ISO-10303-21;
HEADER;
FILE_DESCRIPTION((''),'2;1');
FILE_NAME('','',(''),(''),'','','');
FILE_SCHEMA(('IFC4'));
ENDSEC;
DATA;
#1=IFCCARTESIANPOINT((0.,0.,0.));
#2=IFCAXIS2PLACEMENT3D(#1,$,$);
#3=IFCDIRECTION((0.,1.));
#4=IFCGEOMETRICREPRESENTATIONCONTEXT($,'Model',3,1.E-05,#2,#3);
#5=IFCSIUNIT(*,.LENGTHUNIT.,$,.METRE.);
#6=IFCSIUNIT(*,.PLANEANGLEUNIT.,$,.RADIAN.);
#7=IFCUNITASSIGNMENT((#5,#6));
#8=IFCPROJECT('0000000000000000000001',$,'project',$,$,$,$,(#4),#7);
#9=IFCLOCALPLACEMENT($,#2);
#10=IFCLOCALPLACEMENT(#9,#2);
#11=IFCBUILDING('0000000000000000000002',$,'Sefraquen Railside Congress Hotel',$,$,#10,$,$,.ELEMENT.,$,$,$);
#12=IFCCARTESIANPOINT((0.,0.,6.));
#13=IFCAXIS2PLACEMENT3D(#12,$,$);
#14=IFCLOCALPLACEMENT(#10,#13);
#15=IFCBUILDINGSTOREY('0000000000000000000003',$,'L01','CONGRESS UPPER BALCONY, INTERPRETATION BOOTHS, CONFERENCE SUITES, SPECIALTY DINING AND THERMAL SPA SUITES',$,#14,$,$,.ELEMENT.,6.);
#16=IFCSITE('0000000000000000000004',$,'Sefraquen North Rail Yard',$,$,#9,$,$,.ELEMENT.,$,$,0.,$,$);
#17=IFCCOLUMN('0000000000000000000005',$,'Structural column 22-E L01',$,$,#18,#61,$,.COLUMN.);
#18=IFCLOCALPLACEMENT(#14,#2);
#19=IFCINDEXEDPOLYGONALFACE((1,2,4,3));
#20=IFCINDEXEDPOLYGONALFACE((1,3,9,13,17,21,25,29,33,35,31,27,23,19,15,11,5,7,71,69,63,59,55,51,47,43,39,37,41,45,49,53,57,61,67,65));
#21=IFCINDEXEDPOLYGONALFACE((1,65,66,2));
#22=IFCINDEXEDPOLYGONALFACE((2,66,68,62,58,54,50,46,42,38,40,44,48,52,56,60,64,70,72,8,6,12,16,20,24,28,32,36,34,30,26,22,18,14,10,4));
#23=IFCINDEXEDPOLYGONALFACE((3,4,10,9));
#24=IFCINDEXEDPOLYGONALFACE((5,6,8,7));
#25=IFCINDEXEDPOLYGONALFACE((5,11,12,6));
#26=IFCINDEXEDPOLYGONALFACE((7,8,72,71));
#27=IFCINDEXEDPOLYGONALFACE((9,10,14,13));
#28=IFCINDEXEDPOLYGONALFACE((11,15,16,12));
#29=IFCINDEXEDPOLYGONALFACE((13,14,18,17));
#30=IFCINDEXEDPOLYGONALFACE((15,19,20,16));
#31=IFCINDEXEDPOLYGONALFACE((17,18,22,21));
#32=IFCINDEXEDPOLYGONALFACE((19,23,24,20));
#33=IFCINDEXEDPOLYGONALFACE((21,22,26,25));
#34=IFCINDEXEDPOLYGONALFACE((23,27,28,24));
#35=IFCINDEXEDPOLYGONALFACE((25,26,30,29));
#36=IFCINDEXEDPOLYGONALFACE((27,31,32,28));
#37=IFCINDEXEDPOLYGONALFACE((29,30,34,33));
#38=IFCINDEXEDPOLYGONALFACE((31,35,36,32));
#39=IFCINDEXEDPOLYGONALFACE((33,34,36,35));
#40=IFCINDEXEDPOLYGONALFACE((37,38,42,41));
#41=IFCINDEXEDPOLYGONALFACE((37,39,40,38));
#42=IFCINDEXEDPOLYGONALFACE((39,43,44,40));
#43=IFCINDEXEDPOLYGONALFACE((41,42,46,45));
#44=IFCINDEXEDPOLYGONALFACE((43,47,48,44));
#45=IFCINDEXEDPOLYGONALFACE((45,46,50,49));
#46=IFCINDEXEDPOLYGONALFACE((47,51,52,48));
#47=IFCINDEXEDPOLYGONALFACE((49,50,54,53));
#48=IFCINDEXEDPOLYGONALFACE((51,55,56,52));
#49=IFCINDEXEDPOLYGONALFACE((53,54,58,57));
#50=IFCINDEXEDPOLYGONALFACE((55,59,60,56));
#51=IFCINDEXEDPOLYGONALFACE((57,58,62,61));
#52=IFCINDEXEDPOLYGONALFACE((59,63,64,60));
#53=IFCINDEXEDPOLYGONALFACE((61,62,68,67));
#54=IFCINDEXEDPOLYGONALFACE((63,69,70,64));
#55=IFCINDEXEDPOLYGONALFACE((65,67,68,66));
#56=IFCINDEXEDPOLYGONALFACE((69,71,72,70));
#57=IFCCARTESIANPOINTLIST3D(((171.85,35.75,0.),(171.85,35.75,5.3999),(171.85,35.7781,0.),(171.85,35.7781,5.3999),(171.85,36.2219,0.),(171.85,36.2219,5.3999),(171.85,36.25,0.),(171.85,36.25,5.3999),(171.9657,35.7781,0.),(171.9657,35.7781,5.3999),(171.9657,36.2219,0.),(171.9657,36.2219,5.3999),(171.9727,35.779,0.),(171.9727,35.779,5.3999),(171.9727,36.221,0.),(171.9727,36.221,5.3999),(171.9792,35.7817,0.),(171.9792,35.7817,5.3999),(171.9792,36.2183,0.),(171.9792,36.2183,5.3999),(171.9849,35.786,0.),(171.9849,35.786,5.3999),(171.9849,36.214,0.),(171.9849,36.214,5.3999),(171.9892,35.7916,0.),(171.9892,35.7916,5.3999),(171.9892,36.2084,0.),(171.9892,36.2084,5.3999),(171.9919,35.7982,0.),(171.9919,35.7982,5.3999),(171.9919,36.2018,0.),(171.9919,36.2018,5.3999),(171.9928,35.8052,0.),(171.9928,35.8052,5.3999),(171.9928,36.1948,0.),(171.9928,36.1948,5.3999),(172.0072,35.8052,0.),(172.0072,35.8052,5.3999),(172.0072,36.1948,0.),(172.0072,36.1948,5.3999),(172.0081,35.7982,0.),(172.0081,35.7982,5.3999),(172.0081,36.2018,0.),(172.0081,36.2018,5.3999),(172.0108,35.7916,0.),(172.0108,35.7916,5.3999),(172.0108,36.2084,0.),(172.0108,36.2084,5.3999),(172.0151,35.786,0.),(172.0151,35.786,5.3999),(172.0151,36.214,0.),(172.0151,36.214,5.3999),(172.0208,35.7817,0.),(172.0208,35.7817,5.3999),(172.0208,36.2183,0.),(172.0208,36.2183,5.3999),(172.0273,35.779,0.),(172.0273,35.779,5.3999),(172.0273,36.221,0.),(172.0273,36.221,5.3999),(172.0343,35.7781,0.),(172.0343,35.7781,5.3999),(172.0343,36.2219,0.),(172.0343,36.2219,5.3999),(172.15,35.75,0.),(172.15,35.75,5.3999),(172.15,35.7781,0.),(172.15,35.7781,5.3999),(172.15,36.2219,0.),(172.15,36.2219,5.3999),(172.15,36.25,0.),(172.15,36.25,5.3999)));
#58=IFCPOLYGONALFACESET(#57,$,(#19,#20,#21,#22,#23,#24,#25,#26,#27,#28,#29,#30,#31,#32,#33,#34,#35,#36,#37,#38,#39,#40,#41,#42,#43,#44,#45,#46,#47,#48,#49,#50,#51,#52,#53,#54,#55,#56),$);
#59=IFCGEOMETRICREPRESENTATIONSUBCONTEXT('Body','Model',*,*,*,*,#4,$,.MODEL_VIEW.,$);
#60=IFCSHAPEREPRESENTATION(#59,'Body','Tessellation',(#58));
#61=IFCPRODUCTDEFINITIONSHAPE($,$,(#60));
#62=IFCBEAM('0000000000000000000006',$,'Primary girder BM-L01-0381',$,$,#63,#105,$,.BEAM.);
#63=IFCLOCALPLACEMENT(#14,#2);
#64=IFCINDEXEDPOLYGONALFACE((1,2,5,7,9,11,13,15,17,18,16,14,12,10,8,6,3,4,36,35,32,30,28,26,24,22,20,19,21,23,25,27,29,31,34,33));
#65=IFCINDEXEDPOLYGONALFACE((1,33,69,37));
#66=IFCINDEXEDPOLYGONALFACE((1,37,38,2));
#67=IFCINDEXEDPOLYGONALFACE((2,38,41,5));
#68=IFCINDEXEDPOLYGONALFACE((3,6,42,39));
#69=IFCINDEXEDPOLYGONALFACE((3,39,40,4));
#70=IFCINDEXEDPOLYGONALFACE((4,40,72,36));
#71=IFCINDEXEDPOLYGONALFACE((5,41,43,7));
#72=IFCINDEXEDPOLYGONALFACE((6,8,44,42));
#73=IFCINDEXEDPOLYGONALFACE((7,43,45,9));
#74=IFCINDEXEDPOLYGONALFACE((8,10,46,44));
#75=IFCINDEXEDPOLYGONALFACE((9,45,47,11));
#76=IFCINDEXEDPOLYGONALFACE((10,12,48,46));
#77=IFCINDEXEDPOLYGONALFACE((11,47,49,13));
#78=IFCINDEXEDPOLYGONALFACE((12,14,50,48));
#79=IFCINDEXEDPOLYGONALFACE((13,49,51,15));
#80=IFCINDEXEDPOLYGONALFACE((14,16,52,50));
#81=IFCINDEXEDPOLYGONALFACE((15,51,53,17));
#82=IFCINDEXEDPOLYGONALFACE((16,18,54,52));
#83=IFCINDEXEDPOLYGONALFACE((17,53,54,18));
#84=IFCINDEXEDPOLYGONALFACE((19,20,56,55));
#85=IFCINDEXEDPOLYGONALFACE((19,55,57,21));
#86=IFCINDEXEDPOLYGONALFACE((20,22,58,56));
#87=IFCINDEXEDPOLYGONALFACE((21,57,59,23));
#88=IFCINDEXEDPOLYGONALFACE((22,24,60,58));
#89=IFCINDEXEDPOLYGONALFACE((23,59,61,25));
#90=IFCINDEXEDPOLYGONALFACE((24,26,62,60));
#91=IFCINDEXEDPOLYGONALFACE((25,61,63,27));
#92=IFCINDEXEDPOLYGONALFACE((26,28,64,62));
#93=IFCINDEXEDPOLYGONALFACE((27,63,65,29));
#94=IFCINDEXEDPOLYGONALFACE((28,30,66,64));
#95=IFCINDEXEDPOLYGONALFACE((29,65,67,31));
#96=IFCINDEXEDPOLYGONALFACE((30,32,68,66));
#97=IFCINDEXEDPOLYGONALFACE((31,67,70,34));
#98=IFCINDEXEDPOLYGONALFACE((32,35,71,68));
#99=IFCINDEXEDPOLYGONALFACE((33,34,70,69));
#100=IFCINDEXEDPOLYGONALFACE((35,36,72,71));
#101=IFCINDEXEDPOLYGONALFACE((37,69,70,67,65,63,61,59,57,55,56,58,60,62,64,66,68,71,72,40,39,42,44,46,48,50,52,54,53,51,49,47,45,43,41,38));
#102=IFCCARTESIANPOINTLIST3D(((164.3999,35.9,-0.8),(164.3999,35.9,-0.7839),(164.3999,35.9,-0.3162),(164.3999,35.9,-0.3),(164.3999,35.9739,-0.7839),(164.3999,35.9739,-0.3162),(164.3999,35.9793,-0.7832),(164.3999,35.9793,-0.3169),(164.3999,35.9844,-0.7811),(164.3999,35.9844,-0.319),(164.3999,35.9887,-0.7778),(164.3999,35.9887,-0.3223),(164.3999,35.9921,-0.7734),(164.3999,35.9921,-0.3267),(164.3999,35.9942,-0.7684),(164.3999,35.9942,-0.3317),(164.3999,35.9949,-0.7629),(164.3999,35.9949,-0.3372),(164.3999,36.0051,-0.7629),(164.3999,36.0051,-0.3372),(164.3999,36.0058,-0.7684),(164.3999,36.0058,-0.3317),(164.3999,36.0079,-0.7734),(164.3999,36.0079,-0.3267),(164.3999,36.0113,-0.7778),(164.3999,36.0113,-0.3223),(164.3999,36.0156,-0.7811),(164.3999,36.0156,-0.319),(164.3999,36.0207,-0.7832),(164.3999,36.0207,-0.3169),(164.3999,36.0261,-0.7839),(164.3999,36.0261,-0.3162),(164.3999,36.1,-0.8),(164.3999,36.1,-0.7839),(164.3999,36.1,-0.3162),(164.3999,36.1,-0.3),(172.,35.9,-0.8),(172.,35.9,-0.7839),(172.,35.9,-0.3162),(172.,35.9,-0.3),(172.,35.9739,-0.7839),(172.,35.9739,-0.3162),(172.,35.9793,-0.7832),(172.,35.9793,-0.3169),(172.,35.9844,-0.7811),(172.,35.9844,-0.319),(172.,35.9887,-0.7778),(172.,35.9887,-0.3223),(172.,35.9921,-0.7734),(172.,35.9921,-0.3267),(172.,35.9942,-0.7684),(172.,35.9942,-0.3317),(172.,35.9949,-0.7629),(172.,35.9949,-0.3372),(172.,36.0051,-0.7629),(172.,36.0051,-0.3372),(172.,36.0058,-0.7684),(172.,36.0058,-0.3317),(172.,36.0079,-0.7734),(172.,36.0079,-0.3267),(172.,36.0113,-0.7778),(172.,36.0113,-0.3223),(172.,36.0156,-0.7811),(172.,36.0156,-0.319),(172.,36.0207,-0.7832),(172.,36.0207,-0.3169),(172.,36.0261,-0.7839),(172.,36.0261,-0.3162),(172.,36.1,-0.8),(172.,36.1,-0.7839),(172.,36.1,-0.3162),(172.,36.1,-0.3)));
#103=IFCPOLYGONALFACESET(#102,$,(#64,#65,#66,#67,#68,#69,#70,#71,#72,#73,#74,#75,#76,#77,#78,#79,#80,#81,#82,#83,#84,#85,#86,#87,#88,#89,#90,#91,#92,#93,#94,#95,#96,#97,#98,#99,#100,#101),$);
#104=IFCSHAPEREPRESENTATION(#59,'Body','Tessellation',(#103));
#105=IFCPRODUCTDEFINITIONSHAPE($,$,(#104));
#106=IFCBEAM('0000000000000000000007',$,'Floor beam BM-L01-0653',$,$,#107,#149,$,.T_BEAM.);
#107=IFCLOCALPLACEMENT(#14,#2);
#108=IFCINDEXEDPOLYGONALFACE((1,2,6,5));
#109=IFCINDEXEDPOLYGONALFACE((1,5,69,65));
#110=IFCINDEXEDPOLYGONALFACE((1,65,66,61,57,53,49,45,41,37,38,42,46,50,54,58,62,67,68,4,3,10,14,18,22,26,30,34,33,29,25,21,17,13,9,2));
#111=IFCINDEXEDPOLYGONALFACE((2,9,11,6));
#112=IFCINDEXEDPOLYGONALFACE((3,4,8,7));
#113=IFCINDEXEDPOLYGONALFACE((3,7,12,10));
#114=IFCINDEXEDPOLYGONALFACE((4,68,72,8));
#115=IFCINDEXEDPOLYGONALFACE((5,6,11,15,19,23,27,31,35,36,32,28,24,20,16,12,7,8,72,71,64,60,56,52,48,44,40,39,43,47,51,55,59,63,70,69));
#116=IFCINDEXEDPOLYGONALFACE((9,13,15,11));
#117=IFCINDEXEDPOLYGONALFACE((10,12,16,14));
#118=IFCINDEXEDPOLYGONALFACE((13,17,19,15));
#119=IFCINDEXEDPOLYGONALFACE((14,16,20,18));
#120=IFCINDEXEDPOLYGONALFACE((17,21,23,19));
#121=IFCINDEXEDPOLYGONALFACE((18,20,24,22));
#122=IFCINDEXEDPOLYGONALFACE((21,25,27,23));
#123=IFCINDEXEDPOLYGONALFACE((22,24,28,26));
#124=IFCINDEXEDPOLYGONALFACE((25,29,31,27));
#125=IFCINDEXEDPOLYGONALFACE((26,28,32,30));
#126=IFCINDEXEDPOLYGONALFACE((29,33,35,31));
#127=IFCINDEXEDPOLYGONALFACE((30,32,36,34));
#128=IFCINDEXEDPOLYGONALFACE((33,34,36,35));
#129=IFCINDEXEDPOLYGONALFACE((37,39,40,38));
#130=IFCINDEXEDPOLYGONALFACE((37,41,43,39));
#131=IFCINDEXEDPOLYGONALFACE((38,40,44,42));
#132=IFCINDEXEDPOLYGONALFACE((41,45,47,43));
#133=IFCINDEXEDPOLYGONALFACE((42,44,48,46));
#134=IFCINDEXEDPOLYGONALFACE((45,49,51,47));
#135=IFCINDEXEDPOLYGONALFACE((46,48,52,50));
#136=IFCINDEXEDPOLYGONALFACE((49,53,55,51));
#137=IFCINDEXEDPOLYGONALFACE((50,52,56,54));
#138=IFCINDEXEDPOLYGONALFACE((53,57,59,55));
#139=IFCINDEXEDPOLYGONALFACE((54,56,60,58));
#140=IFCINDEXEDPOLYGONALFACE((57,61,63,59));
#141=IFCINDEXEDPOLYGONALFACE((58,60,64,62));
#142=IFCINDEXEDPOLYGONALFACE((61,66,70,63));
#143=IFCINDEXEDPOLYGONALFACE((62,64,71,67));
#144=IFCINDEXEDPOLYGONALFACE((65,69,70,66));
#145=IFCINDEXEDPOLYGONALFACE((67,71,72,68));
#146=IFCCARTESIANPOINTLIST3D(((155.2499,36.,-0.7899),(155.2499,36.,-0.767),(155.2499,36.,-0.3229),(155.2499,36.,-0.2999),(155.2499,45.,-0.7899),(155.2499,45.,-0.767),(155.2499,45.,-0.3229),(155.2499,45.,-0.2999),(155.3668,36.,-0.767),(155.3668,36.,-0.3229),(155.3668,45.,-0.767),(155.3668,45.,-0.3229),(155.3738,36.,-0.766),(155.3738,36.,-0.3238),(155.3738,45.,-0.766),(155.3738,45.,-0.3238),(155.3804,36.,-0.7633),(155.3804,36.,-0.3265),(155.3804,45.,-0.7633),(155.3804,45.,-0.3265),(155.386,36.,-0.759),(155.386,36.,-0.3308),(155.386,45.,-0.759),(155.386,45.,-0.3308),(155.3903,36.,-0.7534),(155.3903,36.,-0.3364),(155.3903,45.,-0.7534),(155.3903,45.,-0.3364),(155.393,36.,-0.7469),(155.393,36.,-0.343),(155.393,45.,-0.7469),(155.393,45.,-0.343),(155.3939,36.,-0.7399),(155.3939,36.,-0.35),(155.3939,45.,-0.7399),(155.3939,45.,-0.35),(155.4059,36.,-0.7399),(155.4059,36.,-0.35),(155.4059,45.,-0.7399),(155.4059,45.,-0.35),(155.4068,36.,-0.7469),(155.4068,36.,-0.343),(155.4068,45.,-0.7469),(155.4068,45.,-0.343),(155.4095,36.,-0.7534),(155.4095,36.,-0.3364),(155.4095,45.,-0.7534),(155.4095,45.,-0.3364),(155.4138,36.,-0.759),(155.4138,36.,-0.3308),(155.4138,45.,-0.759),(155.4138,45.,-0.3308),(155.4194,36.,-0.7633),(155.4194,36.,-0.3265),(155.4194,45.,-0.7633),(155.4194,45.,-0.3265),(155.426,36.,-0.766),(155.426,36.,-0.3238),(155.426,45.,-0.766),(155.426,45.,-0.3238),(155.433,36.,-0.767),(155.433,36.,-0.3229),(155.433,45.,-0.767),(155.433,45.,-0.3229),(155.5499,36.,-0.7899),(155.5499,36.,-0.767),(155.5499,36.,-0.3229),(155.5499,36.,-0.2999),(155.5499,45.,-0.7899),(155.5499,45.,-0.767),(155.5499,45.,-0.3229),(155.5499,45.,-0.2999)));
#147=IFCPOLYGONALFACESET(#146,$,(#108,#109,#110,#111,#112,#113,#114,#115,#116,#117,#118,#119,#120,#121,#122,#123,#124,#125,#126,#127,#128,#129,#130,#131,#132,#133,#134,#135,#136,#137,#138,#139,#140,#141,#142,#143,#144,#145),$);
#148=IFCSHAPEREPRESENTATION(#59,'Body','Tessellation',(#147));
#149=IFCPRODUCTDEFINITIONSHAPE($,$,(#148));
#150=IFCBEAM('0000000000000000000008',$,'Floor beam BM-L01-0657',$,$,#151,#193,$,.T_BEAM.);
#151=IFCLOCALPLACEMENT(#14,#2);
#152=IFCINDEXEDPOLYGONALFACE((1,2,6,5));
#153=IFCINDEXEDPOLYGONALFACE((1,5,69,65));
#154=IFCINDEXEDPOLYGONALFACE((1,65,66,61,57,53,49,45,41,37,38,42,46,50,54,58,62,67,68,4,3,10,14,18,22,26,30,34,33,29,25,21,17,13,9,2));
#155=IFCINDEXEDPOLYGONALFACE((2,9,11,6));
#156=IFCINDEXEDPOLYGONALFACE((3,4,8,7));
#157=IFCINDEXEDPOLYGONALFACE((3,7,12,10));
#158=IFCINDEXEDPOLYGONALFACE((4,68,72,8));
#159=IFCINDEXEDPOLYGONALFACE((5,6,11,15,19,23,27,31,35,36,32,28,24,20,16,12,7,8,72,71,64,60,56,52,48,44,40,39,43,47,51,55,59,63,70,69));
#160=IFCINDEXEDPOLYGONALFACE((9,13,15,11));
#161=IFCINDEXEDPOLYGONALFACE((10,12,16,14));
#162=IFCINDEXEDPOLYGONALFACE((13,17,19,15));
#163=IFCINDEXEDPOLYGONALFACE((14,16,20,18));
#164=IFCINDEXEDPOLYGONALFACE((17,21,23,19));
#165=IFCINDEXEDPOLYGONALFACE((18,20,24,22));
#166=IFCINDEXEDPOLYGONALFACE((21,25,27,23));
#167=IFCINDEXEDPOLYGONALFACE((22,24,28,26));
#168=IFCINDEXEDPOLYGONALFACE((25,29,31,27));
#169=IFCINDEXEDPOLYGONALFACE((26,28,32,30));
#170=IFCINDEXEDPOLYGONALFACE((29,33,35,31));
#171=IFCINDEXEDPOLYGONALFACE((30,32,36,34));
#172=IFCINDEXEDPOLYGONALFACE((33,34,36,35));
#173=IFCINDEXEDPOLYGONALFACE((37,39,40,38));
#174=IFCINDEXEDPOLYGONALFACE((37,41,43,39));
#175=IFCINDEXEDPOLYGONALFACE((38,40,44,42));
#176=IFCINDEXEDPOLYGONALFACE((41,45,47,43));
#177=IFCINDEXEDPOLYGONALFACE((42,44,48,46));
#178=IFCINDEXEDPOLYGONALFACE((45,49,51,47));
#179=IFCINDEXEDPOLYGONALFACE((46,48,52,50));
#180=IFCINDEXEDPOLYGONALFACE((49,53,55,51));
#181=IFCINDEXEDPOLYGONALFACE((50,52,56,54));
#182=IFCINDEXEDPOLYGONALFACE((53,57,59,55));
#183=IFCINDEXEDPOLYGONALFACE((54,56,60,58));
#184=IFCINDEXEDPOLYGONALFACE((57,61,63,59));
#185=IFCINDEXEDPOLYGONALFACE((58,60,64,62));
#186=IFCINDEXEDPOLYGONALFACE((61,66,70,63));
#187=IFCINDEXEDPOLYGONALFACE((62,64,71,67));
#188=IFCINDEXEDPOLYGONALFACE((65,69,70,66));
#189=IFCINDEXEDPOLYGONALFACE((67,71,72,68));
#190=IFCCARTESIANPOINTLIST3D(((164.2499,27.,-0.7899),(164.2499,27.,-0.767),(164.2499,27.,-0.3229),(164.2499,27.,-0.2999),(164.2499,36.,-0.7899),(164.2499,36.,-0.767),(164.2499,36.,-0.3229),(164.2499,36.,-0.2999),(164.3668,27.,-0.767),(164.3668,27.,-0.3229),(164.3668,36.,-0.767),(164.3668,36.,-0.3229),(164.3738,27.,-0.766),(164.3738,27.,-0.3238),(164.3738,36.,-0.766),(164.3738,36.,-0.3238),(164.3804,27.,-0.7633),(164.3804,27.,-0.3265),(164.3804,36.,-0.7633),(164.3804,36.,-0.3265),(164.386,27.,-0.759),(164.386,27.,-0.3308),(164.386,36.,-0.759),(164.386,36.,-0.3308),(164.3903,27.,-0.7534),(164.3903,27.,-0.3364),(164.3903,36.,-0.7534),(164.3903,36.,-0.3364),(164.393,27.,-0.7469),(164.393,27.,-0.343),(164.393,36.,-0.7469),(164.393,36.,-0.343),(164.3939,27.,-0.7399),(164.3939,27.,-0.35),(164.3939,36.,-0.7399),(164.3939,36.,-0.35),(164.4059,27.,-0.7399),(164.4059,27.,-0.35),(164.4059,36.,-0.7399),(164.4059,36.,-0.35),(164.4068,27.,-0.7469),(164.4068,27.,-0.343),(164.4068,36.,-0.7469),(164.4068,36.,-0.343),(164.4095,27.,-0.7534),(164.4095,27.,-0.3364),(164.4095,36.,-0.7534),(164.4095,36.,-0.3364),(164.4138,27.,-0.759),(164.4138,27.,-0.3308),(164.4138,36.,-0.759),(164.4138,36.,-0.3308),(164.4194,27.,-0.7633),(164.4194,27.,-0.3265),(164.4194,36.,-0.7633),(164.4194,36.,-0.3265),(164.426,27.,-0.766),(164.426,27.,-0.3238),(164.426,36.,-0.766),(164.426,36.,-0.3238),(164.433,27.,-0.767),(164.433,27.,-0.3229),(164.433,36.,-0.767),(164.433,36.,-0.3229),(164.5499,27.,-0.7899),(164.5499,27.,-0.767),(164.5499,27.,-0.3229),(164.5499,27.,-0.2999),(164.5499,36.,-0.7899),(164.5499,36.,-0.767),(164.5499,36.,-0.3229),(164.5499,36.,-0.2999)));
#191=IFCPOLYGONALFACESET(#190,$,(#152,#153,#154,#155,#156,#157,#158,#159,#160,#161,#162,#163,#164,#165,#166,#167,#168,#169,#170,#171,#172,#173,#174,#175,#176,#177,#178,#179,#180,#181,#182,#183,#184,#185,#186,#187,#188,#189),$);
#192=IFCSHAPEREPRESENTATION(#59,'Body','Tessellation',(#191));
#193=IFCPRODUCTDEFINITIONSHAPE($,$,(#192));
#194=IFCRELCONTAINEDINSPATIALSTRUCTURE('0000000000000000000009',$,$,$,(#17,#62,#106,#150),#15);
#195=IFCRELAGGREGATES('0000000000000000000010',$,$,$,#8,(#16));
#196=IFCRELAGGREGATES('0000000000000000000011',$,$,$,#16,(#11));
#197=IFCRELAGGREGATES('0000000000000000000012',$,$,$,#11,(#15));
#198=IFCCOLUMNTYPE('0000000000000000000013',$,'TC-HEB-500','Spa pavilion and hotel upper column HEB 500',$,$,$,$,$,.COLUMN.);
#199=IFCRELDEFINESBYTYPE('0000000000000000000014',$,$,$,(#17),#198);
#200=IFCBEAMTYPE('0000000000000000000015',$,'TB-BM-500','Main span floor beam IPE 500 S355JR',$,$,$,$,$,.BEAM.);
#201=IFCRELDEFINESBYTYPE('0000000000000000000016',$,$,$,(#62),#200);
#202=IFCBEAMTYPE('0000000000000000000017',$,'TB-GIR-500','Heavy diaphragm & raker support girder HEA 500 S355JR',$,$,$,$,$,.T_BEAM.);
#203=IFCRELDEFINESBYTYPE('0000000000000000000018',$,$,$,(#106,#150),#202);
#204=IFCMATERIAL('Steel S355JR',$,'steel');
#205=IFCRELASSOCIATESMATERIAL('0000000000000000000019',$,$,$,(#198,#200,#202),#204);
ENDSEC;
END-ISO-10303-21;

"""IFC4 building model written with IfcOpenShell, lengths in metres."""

from ifc_helpers import new_model, si_unit, direction, frame, origin, origin_2d, place, context, subcontext, project, spatial, i_section, extrude, material, material_profile, profile_set, type_object, element, save


model = new_model("IFC4")

# Units and contexts
model_context = context("Model", 3, precision=1e-05, world=origin(), true_north=direction((0.0, 1.0)))
body_context = subcontext(model_context, "Body", "Model", "MODEL_VIEW")
ifc_project = project(units=[si_unit("LENGTHUNIT", "METRE"), si_unit("PLANEANGLEUNIT", "RADIAN")], contexts=[model_context])

# Site, building, storey
site_placement = place(None, origin())
site = spatial("IfcSite", under=ifc_project, at=site_placement, Name="Sefraquen North Rail Yard", CompositionType="ELEMENT", RefElevation=0.0)
building_placement = place(site_placement, origin())
building = spatial("IfcBuilding", under=site, at=building_placement, Name="Sefraquen Railside Congress Hotel", CompositionType="ELEMENT")
storey_placement = place(building_placement, frame((0.0, 0.0, 6.0)))
storey = spatial("IfcBuildingStorey", under=building, at=storey_placement, Name="L01", Description="CONGRESS UPPER BALCONY, INTERPRETATION BOOTHS, CONFERENCE SUITES, SPECIALTY DINING AND THERMAL SPA SUITES", CompositionType="ELEMENT", Elevation=6.0)

# Column
ifc_material_1 = material(Name="Steel S355JR", Category="steel")
ifc_material_profile_1 = material_profile(ifc_material_1, i_section(OverallWidth=0.3, OverallDepth=0.5, WebThickness=0.0144, FlangeThickness=0.0281, FilletRadius=0.0271, at=origin_2d()), Name="HEB 500")
ifc_profile_set_1 = profile_set([ifc_material_profile_1], Name="Steel S355JR")
column_type = type_object("IfcColumnType", Name="TC-HEB-500", Description="Spa pavilion and hotel upper column HEB 500", PredefinedType="COLUMN", material=ifc_profile_set_1)
for number, where, z_axis, x_axis, name in (
    (1, (172.0, 36.0, 0.0), (0.0, 0.0, 1.0), (1.0, 0.0, 0.0), "Structural column 22-E L01"),
):
    element("IfcColumn", number, at=place(storey_placement, frame(where, z_axis=z_axis, x_axis=x_axis)), inside=storey, type_object=column_type, Name=name, PredefinedType="COLUMN", context=body_context, shape_type="SweptSolid", body=[
        extrude(i_section(OverallWidth=0.3, OverallDepth=0.5, WebThickness=0.0144, FlangeThickness=0.0281, FilletRadius=0.0271, at=origin_2d()), origin(), (0.0, 0.0, 1.0), 5.3999),
    ])

# Beams
ifc_material_profile_2 = material_profile(ifc_material_1, i_section(OverallWidth=0.2, OverallDepth=0.5, WebThickness=0.0103, FlangeThickness=0.0161, FilletRadius=0.021, at=origin_2d()), Name="IPE 500")
ifc_profile_set_2 = profile_set([ifc_material_profile_2], Name="Steel S355JR")
beam_type_1 = type_object("IfcBeamType", Name="TB-BM-500", Description="Main span floor beam IPE 500 S355JR", PredefinedType="BEAM", material=ifc_profile_set_2)
beam_1_placement = place(storey_placement, frame((164.3999, 36.0, -0.55), z_axis=(1.0, 0.0, 0.0), x_axis=(0.0, 1.0, 0.0)))
element("IfcBeam", 2, at=beam_1_placement, inside=storey, type_object=beam_type_1, Name="Primary girder BM-L01-0381", PredefinedType="BEAM", context=body_context, shape_type="SweptSolid", body=[
    extrude(i_section(OverallWidth=0.2, OverallDepth=0.5, WebThickness=0.0103, FlangeThickness=0.0161, FilletRadius=0.021, at=origin_2d()), origin(), (0.0, 0.0, 1.0), 7.6001),
])
ifc_material_profile_3 = material_profile(ifc_material_1, i_section(OverallWidth=0.3, OverallDepth=0.49, WebThickness=0.012, FlangeThickness=0.0229, FilletRadius=0.0271, at=origin_2d()), Name="HEA 500")
ifc_profile_set_3 = profile_set([ifc_material_profile_3], Name="Steel S355JR")
beam_type_2 = type_object("IfcBeamType", Name="TB-GIR-500", Description="Heavy diaphragm & raker support girder HEA 500 S355JR", PredefinedType="T_BEAM", material=ifc_profile_set_3)
for number, where, z_axis, x_axis, name in (
    (3, (155.3999, 36.0, -0.5449), (0.0, 1.0, 0.0), (-1.0, 0.0, 0.0), "Floor beam BM-L01-0653"),
    (4, (164.3999, 27.0, -0.5449), (0.0, 1.0, 0.0), (-1.0, 0.0, 0.0), "Floor beam BM-L01-0657"),
):
    element("IfcBeam", number, at=place(storey_placement, frame(where, z_axis=z_axis, x_axis=x_axis)), inside=storey, type_object=beam_type_2, Name=name, PredefinedType="T_BEAM", context=body_context, shape_type="SweptSolid", body=[
        extrude(i_section(OverallWidth=0.3, OverallDepth=0.49, WebThickness=0.012, FlangeThickness=0.0229, FilletRadius=0.0271, at=origin_2d()), origin(), (0.0, 0.0, 1.0), 9.0),
    ])

save(model, "model.ifc")
